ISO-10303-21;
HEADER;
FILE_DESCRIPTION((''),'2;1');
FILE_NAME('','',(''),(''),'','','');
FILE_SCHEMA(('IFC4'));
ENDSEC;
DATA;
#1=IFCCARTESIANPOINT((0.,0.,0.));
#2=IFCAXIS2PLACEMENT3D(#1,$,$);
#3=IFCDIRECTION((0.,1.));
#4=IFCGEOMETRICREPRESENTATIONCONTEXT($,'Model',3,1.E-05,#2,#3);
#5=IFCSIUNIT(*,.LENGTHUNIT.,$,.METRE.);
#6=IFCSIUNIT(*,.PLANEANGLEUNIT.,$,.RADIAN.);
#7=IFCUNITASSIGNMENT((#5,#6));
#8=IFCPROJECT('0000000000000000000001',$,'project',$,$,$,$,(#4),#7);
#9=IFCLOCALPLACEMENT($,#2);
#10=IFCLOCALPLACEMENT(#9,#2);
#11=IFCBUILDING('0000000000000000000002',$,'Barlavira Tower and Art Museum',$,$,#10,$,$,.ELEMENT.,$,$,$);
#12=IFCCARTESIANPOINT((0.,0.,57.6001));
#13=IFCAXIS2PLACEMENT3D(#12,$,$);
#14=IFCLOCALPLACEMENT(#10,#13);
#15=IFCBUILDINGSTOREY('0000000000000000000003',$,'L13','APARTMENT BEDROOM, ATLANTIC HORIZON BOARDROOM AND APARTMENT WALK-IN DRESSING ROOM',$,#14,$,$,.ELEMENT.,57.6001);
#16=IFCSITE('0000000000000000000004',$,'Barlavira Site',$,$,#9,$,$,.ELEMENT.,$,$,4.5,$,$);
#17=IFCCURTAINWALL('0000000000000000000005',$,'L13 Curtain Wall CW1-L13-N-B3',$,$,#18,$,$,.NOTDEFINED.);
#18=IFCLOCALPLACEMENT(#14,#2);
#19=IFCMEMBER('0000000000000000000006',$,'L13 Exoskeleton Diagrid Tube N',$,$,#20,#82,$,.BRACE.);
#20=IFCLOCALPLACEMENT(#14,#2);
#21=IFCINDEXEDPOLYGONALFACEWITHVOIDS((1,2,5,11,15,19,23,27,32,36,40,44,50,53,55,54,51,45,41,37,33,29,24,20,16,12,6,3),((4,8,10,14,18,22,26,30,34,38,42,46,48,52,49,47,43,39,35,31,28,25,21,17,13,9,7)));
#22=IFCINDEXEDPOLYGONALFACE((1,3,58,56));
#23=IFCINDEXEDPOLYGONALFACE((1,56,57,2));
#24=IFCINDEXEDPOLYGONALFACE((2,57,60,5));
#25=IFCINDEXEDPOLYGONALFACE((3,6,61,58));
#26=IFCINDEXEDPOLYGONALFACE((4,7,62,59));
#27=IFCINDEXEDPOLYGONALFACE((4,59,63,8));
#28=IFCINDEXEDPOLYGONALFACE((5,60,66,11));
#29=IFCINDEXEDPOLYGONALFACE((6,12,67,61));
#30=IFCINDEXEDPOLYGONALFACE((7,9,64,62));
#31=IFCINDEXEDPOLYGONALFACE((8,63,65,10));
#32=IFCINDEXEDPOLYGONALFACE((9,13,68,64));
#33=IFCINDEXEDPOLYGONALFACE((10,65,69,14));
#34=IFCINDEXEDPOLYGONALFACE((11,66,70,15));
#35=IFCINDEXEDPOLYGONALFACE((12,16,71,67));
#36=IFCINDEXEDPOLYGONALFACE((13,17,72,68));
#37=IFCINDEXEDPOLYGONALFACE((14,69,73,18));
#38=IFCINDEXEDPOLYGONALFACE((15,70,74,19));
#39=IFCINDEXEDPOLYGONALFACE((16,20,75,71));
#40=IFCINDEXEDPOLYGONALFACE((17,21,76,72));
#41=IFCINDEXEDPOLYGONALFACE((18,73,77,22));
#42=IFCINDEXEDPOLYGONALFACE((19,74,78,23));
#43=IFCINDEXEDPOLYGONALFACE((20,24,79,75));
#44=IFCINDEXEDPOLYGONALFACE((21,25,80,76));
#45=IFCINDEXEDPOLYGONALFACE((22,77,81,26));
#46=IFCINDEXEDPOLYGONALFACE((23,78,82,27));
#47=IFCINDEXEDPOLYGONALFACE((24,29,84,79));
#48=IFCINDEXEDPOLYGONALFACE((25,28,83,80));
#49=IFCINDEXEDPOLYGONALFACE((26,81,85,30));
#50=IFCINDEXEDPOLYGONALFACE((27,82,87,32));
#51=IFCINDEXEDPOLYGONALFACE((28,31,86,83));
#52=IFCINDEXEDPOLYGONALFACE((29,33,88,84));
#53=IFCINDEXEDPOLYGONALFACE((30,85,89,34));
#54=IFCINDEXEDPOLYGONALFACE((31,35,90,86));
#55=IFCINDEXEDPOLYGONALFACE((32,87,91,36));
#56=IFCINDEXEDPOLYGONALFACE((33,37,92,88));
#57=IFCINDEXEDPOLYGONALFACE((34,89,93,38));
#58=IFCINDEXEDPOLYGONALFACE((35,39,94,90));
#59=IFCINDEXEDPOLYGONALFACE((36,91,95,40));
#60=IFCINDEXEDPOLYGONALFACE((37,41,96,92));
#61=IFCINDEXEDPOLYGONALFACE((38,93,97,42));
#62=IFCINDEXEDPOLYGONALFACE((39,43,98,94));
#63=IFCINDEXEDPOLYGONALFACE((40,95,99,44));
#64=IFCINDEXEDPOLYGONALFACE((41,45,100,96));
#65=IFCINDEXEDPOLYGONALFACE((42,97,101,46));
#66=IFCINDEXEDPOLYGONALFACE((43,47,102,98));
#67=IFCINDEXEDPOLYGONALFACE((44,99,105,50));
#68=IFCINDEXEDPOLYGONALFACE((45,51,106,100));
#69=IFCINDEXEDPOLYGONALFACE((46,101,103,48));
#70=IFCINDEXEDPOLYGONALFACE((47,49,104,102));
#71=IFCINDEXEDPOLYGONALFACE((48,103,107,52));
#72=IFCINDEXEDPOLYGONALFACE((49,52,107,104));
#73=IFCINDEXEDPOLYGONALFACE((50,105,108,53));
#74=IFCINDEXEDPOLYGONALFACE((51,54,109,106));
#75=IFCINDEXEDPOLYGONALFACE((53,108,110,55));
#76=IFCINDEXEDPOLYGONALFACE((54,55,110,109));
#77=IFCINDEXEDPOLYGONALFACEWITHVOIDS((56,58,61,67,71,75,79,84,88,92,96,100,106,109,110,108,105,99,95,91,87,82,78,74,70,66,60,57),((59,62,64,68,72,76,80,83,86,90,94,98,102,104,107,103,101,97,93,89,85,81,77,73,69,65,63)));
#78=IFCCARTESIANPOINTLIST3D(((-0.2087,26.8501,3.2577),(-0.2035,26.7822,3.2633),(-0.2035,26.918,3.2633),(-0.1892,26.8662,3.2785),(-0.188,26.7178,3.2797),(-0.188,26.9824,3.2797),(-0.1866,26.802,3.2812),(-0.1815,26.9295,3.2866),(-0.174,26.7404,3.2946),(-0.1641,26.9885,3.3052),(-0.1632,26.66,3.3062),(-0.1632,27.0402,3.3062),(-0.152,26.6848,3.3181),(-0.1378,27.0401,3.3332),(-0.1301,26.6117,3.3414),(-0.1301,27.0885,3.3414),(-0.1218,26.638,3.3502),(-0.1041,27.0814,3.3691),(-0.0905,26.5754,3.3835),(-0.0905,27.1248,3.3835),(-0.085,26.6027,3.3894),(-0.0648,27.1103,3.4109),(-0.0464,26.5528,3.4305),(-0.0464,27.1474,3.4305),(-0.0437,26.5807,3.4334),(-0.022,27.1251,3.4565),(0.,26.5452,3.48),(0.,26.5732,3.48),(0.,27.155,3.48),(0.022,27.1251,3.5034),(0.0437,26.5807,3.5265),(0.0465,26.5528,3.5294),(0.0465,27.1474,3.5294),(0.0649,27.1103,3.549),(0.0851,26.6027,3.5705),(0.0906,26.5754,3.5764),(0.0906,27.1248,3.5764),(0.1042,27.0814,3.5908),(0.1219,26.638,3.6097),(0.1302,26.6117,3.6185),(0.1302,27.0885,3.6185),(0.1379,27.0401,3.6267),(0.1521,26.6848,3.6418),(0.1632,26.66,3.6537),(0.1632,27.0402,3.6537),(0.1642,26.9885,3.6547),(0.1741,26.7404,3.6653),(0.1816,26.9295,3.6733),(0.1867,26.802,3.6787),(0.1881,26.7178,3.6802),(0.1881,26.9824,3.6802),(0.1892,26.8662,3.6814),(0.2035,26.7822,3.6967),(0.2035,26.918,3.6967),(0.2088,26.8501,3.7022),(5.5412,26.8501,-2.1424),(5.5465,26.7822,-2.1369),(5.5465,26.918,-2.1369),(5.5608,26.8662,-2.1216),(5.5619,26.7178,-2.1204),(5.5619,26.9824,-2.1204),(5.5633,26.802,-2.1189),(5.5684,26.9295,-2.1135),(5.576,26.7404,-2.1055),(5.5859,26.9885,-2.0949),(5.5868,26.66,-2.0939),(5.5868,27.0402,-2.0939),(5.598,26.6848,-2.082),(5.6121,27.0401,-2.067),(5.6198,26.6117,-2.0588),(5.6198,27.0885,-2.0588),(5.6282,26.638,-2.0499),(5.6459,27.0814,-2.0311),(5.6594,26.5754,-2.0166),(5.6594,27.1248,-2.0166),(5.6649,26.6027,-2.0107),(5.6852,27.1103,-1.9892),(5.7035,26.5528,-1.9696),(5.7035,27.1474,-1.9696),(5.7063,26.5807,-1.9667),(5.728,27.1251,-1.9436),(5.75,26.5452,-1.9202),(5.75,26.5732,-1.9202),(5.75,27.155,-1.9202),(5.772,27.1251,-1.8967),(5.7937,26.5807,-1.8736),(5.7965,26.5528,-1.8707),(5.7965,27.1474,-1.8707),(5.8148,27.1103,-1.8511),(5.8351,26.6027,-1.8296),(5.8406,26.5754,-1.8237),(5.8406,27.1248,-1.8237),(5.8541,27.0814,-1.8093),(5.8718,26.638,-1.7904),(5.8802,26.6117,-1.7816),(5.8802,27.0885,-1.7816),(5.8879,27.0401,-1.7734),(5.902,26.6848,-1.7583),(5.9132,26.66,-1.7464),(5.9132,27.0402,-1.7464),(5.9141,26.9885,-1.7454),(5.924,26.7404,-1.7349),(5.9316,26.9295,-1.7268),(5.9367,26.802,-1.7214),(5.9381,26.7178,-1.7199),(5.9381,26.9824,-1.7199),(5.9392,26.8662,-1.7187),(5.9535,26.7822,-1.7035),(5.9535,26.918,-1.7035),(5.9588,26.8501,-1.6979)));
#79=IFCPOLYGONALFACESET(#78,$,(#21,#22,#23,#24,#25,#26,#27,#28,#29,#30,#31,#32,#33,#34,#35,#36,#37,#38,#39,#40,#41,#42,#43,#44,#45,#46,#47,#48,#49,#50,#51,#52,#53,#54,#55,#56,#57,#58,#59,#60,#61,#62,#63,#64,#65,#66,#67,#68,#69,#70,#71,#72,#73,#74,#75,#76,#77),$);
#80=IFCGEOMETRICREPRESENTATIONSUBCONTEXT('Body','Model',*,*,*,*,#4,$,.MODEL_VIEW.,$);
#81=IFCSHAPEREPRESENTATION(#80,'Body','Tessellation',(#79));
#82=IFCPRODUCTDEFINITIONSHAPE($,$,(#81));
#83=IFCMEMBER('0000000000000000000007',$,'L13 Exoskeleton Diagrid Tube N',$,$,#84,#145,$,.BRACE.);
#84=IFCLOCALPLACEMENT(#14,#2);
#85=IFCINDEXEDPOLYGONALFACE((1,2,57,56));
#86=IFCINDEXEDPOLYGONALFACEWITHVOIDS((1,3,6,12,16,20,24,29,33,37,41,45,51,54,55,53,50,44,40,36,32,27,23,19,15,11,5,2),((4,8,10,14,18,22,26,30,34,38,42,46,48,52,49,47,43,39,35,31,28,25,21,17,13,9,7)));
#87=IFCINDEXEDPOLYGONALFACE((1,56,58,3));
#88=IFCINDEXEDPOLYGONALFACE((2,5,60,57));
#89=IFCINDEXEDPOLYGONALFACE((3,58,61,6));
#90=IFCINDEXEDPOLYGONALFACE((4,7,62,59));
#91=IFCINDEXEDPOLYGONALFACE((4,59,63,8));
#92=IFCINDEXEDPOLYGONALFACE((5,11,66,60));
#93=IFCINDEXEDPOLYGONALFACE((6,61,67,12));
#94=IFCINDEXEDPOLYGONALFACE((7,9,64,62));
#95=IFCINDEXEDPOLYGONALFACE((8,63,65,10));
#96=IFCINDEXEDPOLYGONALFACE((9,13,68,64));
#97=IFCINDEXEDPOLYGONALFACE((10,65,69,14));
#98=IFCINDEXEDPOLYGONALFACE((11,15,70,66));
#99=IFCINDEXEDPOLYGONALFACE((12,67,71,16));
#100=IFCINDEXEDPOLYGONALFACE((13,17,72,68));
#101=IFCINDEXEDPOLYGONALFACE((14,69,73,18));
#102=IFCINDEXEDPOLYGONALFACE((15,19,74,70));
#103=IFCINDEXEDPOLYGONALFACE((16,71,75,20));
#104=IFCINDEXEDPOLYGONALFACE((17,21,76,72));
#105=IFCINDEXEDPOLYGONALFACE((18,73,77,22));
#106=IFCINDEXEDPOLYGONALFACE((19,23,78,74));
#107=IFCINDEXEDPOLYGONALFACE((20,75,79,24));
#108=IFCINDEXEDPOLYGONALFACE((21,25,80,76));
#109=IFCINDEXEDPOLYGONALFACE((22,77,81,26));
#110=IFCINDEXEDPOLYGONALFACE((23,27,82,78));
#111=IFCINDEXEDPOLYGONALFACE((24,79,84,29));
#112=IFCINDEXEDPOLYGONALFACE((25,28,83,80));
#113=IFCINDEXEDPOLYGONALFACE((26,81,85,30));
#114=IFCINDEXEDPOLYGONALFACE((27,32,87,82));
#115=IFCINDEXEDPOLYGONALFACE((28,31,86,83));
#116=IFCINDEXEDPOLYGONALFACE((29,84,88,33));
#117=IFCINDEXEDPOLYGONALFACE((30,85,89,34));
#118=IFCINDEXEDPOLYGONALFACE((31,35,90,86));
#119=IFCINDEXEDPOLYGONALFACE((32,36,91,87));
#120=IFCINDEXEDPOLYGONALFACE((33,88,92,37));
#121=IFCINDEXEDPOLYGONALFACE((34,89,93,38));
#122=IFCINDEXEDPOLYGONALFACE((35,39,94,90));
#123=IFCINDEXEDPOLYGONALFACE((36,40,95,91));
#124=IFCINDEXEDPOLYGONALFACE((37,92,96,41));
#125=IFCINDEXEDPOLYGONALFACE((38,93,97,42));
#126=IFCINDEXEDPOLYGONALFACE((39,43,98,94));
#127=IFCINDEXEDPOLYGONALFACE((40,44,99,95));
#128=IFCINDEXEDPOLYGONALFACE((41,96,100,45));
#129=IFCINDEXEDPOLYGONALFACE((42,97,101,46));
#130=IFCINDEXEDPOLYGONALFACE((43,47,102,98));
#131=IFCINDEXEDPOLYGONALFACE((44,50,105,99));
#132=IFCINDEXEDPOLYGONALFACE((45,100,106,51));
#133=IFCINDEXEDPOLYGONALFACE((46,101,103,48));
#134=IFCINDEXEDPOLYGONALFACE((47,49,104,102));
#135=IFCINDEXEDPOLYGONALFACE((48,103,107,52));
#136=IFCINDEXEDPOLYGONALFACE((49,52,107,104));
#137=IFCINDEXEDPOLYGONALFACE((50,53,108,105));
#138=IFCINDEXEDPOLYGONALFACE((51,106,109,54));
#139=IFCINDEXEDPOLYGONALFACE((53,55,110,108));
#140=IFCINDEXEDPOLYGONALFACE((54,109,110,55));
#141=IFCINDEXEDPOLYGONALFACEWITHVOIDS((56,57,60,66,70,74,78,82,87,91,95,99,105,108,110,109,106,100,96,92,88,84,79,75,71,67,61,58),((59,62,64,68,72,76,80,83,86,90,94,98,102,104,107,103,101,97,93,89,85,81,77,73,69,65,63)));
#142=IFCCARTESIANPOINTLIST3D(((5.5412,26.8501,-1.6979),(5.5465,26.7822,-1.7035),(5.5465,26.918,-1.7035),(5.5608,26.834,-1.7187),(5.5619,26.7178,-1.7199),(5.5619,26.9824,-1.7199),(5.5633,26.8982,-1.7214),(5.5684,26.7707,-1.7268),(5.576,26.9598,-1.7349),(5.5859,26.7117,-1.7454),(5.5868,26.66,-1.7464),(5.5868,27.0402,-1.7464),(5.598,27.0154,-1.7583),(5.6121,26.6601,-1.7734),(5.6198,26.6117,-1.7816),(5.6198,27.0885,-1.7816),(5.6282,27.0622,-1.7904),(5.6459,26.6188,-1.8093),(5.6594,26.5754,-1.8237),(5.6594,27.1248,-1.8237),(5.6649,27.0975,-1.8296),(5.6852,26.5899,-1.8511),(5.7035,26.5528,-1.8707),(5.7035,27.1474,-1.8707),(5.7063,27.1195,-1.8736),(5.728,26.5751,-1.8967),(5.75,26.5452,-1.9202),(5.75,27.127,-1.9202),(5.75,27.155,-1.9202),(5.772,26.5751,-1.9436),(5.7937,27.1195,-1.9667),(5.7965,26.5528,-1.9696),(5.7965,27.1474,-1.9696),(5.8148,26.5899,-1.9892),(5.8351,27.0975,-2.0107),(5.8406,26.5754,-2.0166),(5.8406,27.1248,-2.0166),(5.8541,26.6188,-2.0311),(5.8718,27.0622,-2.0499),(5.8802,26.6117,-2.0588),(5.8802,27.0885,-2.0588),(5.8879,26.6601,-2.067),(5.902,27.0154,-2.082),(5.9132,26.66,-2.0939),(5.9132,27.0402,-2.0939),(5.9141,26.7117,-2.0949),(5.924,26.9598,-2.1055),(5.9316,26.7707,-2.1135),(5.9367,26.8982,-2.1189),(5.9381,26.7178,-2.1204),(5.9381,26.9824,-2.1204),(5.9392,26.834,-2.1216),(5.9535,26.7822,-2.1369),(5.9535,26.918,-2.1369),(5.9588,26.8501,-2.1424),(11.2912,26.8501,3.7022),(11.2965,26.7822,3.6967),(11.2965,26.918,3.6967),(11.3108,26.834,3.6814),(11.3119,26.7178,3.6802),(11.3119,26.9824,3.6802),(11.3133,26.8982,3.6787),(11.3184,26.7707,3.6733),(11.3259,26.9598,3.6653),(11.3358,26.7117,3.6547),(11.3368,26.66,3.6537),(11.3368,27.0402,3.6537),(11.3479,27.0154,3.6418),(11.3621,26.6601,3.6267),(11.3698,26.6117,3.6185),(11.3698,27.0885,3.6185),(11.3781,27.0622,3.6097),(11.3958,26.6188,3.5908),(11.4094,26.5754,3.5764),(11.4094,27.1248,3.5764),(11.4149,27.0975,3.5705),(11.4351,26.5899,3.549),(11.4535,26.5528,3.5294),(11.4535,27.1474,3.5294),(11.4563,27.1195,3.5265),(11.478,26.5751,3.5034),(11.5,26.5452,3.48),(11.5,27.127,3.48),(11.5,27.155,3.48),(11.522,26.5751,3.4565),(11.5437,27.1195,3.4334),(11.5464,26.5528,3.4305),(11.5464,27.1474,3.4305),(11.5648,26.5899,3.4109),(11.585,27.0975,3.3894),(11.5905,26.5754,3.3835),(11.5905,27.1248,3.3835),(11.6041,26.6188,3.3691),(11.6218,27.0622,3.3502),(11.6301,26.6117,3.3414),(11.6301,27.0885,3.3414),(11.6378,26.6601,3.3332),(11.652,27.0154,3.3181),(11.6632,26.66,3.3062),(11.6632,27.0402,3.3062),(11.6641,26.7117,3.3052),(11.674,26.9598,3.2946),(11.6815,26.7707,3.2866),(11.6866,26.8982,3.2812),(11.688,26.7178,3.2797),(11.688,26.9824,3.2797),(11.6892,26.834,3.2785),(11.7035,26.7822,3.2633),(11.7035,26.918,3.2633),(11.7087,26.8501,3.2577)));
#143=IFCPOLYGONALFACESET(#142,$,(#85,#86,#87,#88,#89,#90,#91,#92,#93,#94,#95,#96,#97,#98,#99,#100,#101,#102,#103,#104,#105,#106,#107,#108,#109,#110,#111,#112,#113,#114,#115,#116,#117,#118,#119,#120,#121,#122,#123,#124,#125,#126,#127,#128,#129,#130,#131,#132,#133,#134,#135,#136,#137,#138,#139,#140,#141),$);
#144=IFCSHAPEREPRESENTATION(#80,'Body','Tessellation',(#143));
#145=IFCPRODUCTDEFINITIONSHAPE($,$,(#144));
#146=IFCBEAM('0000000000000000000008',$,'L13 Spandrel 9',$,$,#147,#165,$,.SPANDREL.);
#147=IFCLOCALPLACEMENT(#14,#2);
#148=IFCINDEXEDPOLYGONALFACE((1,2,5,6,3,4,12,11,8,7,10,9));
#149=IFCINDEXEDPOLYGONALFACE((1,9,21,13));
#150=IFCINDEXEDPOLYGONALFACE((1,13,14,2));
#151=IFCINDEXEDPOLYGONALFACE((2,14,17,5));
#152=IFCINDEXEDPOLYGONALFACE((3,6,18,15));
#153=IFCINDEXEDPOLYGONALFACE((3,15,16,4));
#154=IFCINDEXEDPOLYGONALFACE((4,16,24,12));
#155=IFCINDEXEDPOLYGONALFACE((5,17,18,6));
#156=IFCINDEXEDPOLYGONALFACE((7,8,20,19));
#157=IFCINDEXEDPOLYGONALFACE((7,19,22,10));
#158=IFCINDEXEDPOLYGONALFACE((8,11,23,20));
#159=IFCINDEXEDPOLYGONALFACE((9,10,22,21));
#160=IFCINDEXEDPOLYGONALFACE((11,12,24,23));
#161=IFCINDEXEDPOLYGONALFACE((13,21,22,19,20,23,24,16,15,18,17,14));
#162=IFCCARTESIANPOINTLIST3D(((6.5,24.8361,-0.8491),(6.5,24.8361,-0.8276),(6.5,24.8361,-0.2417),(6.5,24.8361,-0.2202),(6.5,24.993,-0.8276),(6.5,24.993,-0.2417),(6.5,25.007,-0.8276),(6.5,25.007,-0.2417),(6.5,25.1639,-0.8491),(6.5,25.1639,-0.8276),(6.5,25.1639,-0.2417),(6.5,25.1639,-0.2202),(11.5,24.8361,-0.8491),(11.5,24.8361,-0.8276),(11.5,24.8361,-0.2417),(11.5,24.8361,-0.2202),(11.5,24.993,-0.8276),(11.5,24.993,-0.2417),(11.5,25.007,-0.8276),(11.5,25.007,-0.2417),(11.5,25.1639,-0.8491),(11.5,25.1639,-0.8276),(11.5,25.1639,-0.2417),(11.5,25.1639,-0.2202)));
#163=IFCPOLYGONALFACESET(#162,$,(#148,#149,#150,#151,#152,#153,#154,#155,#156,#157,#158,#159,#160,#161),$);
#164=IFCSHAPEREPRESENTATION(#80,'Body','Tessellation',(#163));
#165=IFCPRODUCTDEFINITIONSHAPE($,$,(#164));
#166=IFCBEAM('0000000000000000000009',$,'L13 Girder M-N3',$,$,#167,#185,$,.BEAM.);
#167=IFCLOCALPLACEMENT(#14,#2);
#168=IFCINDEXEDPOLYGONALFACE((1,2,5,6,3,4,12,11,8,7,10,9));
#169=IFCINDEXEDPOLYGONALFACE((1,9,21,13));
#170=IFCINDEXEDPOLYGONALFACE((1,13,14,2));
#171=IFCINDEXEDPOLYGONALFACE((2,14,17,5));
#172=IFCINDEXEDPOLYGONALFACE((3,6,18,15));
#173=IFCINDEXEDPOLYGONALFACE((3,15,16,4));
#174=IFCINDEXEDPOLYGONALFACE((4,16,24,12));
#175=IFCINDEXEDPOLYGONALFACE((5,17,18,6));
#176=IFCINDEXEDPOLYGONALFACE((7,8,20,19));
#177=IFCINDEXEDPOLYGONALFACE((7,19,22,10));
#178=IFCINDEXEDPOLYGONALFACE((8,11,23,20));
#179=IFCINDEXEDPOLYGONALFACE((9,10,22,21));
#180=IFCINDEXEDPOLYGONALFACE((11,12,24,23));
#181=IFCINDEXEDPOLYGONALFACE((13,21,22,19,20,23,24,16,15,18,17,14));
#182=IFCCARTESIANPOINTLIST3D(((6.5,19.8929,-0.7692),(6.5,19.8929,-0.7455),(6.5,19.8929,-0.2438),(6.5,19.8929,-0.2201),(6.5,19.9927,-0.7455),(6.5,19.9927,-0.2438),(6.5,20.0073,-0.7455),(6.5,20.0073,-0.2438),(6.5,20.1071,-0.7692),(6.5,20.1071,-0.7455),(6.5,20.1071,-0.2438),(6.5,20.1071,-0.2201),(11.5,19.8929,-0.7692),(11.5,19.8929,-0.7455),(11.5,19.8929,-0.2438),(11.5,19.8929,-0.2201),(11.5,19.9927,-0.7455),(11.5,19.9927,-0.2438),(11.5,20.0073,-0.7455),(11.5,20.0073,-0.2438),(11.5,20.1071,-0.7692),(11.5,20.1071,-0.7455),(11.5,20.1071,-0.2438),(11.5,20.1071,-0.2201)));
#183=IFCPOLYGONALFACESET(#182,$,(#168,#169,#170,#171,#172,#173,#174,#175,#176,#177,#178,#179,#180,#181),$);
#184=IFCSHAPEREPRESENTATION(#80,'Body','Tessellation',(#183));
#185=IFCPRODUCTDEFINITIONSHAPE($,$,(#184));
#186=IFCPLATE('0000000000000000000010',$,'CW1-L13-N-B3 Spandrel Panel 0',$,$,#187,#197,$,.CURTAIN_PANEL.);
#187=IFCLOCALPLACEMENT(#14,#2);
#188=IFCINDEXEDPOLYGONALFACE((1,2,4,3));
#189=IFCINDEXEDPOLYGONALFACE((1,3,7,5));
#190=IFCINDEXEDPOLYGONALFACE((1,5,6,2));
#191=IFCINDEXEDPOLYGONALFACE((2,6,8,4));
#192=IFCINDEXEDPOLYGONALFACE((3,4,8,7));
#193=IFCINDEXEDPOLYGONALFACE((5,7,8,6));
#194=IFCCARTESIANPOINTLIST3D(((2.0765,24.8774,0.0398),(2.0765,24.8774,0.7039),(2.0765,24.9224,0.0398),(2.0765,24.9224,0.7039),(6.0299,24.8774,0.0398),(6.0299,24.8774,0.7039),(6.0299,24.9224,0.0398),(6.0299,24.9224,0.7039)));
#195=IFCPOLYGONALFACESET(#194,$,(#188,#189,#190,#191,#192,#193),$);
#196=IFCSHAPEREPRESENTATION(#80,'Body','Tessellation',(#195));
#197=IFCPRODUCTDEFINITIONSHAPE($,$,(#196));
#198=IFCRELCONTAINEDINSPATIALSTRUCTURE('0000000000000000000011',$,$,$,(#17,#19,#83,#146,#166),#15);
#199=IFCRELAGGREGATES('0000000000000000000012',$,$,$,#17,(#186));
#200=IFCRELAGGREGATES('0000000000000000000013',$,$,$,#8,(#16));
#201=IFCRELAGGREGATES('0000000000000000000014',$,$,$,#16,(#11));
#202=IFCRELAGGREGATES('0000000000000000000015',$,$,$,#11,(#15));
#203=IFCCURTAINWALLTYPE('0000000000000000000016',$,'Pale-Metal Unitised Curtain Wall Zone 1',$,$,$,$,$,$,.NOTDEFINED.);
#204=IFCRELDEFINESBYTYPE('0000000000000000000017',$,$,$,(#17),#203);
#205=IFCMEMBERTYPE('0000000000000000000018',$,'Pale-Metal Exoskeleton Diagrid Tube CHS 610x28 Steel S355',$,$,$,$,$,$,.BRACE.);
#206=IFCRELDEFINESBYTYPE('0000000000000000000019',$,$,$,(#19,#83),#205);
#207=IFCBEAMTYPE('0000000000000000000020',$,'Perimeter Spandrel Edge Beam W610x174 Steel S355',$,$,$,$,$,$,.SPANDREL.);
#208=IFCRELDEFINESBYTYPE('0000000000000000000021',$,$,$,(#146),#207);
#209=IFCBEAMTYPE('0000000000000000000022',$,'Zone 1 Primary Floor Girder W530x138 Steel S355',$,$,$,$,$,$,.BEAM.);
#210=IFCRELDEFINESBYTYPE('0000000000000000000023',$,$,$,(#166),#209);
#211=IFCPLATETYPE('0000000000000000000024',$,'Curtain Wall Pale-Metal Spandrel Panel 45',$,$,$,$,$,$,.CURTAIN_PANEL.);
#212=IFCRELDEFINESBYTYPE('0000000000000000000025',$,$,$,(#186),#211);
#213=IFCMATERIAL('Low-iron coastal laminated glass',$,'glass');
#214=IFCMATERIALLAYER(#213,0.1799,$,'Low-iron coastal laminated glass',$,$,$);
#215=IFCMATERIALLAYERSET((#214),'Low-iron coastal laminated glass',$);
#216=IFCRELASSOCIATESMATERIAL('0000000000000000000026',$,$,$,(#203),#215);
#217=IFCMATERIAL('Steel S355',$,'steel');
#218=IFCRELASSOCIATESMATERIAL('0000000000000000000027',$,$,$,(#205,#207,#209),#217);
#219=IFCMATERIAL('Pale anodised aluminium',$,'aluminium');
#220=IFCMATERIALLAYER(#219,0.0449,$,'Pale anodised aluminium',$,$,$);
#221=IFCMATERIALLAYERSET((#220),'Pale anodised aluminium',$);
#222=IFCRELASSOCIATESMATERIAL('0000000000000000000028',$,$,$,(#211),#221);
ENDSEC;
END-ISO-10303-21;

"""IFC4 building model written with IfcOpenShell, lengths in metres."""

from ifc_helpers import new_model, si_unit, direction, frame, origin, origin_2d, place, context, subcontext, project, spatial, rectangle, hollow_circle, i_section, extrude, material, layer, layer_set, material_profile, profile_set, type_object, element, aggregate, save


model = new_model("IFC4")

# Units and contexts
model_context = context("Model", 3, precision=1e-05, world=origin(), true_north=direction((0.0, 1.0)))
body_context = subcontext(model_context, "Body", "Model", "MODEL_VIEW")
ifc_project = project(units=[si_unit("LENGTHUNIT", "METRE"), si_unit("PLANEANGLEUNIT", "RADIAN")], contexts=[model_context])

# Site, building, storey
site_placement = place(None, origin())
site = spatial("IfcSite", under=ifc_project, at=site_placement, Name="Barlavira Site", CompositionType="ELEMENT", RefElevation=4.5)
building_placement = place(site_placement, origin())
building = spatial("IfcBuilding", under=site, at=building_placement, Name="Barlavira Tower and Art Museum", CompositionType="ELEMENT")
storey_placement = place(building_placement, frame((0.0, 0.0, 57.6001)))
storey = spatial("IfcBuildingStorey", under=building, at=storey_placement, Name="L13", Description="APARTMENT BEDROOM, ATLANTIC HORIZON BOARDROOM AND APARTMENT WALK-IN DRESSING ROOM", CompositionType="ELEMENT", Elevation=57.6001)

# Curtain wall
ifc_material_1 = material(Name="Low-iron coastal laminated glass", Category="glass")
ifc_layer_1 = layer(ifc_material_1, 0.1799, Name="Low-iron coastal laminated glass")
ifc_layer_set_1 = layer_set([ifc_layer_1], Name="Low-iron coastal laminated glass")
curtain_wall_type = type_object("IfcCurtainWallType", Name="Pale-Metal Unitised Curtain Wall Zone 1", PredefinedType="NOTDEFINED", material=ifc_layer_set_1)
curtain_wall_placement = place(storey_placement, origin())
curtain_wall = element("IfcCurtainWall", 1, at=curtain_wall_placement, inside=storey, type_object=curtain_wall_type, Name="L13 Curtain Wall CW1-L13-N-B3", PredefinedType="NOTDEFINED")
ifc_material_2 = material(Name="Pale anodised aluminium", Category="aluminium")

# Members
ifc_material_3 = material(Name="Steel S355", Category="steel")
ifc_material_profile_1 = material_profile(ifc_material_3, hollow_circle(Radius=0.3049, WallThickness=0.0281, at=origin_2d()), Name="CHS 610.0x28.0")
ifc_profile_set_1 = profile_set([ifc_material_profile_1], Name="Steel S355")
member_type_1 = type_object("IfcMemberType", Name="Pale-Metal Exoskeleton Diagrid Tube CHS 610x28 Steel S355", PredefinedType="BRACE", material=ifc_profile_set_1)
for number, where, z_axis, x_axis, name in (
    (2, (5.75, 26.8501, -1.9202), (-0.728935, 0.0, 0.684583), (0.0, -1.0, 0.0), "L13 Exoskeleton Diagrid Tube N"),
    (3, (5.75, 26.8501, -1.9202), (0.728935, 0.0, 0.684583), (0.0, 1.0, 0.0), "L13 Exoskeleton Diagrid Tube N"),
):
    element("IfcMember", number, at=place(storey_placement, frame(where, z_axis=z_axis, x_axis=x_axis)), inside=storey, type_object=member_type_1, Name=name, PredefinedType="BRACE", context=body_context, shape_type="SweptSolid", body=[
        extrude(hollow_circle(Radius=0.3049, WallThickness=0.0281, at=origin_2d()), origin(), (0.0, 0.0, 1.0), 7.8882),
    ])

# Beams
ifc_material_profile_2 = material_profile(ifc_material_3, i_section(OverallWidth=0.3279, OverallDepth=0.6289, WebThickness=0.0139, FlangeThickness=0.0215, at=origin_2d()), Name="W610x174.0")
ifc_profile_set_2 = profile_set([ifc_material_profile_2], Name="Steel S355")
beam_type_1 = type_object("IfcBeamType", Name="Perimeter Spandrel Edge Beam W610x174 Steel S355", PredefinedType="SPANDREL", material=ifc_profile_set_2)
beam_1_placement = place(storey_placement, frame((6.5, 25.0, -0.5347), z_axis=(1.0, 0.0, 0.0), x_axis=(0.0, 1.0, 0.0)))
element("IfcBeam", 4, at=beam_1_placement, inside=storey, type_object=beam_type_1, Name="L13 Spandrel 9", PredefinedType="SPANDREL", context=body_context, shape_type="SweptSolid", body=[
    extrude(i_section(OverallWidth=0.3279, OverallDepth=0.6289, WebThickness=0.0139, FlangeThickness=0.0215, at=origin_2d()), origin(), (0.0, 0.0, 1.0), 5.0),
])
ifc_material_profile_3 = material_profile(ifc_material_3, i_section(OverallWidth=0.2141, OverallDepth=0.5491, WebThickness=0.0146, FlangeThickness=0.0237, at=origin_2d()), Name="W530x138.0")
ifc_profile_set_3 = profile_set([ifc_material_profile_3], Name="Steel S355")
beam_type_2 = type_object("IfcBeamType", Name="Zone 1 Primary Floor Girder W530x138 Steel S355", PredefinedType="BEAM", material=ifc_profile_set_3)
beam_2_placement = place(storey_placement, frame((6.5, 20.0, -0.4946), z_axis=(1.0, 0.0, 0.0), x_axis=(0.0, 1.0, 0.0)))
element("IfcBeam", 5, at=beam_2_placement, inside=storey, type_object=beam_type_2, Name="L13 Girder M-N3", PredefinedType="BEAM", context=body_context, shape_type="SweptSolid", body=[
    extrude(i_section(OverallWidth=0.2141, OverallDepth=0.5491, WebThickness=0.0146, FlangeThickness=0.0237, at=origin_2d()), origin(), (0.0, 0.0, 1.0), 5.0),
])

# Plate
ifc_layer_2 = layer(ifc_material_2, 0.0449, Name="Pale anodised aluminium")
ifc_layer_set_2 = layer_set([ifc_layer_2], Name="Pale anodised aluminium")
plate_type_1 = type_object("IfcPlateType", Name="Curtain Wall Pale-Metal Spandrel Panel 45", PredefinedType="CURTAIN_PANEL", material=ifc_layer_set_2)
plate_1_placement = place(storey_placement, frame((4.0532, 24.8999, 0.0398), z_axis=(0.0, 0.0, 1.0), x_axis=(-1.0, 0.0, 0.0)))
plate_1 = element("IfcPlate", 6, at=plate_1_placement, type_object=plate_type_1, Name="CW1-L13-N-B3 Spandrel Panel 0", PredefinedType="CURTAIN_PANEL", context=body_context, shape_type="SweptSolid", body=[
    extrude(rectangle(XDim=3.9534, YDim=0.0449, at=origin_2d()), origin(), (0.0, 0.0, 1.0), 0.6641),
])
aggregate(curtain_wall, [plate_1])

save(model, "model.ifc")
